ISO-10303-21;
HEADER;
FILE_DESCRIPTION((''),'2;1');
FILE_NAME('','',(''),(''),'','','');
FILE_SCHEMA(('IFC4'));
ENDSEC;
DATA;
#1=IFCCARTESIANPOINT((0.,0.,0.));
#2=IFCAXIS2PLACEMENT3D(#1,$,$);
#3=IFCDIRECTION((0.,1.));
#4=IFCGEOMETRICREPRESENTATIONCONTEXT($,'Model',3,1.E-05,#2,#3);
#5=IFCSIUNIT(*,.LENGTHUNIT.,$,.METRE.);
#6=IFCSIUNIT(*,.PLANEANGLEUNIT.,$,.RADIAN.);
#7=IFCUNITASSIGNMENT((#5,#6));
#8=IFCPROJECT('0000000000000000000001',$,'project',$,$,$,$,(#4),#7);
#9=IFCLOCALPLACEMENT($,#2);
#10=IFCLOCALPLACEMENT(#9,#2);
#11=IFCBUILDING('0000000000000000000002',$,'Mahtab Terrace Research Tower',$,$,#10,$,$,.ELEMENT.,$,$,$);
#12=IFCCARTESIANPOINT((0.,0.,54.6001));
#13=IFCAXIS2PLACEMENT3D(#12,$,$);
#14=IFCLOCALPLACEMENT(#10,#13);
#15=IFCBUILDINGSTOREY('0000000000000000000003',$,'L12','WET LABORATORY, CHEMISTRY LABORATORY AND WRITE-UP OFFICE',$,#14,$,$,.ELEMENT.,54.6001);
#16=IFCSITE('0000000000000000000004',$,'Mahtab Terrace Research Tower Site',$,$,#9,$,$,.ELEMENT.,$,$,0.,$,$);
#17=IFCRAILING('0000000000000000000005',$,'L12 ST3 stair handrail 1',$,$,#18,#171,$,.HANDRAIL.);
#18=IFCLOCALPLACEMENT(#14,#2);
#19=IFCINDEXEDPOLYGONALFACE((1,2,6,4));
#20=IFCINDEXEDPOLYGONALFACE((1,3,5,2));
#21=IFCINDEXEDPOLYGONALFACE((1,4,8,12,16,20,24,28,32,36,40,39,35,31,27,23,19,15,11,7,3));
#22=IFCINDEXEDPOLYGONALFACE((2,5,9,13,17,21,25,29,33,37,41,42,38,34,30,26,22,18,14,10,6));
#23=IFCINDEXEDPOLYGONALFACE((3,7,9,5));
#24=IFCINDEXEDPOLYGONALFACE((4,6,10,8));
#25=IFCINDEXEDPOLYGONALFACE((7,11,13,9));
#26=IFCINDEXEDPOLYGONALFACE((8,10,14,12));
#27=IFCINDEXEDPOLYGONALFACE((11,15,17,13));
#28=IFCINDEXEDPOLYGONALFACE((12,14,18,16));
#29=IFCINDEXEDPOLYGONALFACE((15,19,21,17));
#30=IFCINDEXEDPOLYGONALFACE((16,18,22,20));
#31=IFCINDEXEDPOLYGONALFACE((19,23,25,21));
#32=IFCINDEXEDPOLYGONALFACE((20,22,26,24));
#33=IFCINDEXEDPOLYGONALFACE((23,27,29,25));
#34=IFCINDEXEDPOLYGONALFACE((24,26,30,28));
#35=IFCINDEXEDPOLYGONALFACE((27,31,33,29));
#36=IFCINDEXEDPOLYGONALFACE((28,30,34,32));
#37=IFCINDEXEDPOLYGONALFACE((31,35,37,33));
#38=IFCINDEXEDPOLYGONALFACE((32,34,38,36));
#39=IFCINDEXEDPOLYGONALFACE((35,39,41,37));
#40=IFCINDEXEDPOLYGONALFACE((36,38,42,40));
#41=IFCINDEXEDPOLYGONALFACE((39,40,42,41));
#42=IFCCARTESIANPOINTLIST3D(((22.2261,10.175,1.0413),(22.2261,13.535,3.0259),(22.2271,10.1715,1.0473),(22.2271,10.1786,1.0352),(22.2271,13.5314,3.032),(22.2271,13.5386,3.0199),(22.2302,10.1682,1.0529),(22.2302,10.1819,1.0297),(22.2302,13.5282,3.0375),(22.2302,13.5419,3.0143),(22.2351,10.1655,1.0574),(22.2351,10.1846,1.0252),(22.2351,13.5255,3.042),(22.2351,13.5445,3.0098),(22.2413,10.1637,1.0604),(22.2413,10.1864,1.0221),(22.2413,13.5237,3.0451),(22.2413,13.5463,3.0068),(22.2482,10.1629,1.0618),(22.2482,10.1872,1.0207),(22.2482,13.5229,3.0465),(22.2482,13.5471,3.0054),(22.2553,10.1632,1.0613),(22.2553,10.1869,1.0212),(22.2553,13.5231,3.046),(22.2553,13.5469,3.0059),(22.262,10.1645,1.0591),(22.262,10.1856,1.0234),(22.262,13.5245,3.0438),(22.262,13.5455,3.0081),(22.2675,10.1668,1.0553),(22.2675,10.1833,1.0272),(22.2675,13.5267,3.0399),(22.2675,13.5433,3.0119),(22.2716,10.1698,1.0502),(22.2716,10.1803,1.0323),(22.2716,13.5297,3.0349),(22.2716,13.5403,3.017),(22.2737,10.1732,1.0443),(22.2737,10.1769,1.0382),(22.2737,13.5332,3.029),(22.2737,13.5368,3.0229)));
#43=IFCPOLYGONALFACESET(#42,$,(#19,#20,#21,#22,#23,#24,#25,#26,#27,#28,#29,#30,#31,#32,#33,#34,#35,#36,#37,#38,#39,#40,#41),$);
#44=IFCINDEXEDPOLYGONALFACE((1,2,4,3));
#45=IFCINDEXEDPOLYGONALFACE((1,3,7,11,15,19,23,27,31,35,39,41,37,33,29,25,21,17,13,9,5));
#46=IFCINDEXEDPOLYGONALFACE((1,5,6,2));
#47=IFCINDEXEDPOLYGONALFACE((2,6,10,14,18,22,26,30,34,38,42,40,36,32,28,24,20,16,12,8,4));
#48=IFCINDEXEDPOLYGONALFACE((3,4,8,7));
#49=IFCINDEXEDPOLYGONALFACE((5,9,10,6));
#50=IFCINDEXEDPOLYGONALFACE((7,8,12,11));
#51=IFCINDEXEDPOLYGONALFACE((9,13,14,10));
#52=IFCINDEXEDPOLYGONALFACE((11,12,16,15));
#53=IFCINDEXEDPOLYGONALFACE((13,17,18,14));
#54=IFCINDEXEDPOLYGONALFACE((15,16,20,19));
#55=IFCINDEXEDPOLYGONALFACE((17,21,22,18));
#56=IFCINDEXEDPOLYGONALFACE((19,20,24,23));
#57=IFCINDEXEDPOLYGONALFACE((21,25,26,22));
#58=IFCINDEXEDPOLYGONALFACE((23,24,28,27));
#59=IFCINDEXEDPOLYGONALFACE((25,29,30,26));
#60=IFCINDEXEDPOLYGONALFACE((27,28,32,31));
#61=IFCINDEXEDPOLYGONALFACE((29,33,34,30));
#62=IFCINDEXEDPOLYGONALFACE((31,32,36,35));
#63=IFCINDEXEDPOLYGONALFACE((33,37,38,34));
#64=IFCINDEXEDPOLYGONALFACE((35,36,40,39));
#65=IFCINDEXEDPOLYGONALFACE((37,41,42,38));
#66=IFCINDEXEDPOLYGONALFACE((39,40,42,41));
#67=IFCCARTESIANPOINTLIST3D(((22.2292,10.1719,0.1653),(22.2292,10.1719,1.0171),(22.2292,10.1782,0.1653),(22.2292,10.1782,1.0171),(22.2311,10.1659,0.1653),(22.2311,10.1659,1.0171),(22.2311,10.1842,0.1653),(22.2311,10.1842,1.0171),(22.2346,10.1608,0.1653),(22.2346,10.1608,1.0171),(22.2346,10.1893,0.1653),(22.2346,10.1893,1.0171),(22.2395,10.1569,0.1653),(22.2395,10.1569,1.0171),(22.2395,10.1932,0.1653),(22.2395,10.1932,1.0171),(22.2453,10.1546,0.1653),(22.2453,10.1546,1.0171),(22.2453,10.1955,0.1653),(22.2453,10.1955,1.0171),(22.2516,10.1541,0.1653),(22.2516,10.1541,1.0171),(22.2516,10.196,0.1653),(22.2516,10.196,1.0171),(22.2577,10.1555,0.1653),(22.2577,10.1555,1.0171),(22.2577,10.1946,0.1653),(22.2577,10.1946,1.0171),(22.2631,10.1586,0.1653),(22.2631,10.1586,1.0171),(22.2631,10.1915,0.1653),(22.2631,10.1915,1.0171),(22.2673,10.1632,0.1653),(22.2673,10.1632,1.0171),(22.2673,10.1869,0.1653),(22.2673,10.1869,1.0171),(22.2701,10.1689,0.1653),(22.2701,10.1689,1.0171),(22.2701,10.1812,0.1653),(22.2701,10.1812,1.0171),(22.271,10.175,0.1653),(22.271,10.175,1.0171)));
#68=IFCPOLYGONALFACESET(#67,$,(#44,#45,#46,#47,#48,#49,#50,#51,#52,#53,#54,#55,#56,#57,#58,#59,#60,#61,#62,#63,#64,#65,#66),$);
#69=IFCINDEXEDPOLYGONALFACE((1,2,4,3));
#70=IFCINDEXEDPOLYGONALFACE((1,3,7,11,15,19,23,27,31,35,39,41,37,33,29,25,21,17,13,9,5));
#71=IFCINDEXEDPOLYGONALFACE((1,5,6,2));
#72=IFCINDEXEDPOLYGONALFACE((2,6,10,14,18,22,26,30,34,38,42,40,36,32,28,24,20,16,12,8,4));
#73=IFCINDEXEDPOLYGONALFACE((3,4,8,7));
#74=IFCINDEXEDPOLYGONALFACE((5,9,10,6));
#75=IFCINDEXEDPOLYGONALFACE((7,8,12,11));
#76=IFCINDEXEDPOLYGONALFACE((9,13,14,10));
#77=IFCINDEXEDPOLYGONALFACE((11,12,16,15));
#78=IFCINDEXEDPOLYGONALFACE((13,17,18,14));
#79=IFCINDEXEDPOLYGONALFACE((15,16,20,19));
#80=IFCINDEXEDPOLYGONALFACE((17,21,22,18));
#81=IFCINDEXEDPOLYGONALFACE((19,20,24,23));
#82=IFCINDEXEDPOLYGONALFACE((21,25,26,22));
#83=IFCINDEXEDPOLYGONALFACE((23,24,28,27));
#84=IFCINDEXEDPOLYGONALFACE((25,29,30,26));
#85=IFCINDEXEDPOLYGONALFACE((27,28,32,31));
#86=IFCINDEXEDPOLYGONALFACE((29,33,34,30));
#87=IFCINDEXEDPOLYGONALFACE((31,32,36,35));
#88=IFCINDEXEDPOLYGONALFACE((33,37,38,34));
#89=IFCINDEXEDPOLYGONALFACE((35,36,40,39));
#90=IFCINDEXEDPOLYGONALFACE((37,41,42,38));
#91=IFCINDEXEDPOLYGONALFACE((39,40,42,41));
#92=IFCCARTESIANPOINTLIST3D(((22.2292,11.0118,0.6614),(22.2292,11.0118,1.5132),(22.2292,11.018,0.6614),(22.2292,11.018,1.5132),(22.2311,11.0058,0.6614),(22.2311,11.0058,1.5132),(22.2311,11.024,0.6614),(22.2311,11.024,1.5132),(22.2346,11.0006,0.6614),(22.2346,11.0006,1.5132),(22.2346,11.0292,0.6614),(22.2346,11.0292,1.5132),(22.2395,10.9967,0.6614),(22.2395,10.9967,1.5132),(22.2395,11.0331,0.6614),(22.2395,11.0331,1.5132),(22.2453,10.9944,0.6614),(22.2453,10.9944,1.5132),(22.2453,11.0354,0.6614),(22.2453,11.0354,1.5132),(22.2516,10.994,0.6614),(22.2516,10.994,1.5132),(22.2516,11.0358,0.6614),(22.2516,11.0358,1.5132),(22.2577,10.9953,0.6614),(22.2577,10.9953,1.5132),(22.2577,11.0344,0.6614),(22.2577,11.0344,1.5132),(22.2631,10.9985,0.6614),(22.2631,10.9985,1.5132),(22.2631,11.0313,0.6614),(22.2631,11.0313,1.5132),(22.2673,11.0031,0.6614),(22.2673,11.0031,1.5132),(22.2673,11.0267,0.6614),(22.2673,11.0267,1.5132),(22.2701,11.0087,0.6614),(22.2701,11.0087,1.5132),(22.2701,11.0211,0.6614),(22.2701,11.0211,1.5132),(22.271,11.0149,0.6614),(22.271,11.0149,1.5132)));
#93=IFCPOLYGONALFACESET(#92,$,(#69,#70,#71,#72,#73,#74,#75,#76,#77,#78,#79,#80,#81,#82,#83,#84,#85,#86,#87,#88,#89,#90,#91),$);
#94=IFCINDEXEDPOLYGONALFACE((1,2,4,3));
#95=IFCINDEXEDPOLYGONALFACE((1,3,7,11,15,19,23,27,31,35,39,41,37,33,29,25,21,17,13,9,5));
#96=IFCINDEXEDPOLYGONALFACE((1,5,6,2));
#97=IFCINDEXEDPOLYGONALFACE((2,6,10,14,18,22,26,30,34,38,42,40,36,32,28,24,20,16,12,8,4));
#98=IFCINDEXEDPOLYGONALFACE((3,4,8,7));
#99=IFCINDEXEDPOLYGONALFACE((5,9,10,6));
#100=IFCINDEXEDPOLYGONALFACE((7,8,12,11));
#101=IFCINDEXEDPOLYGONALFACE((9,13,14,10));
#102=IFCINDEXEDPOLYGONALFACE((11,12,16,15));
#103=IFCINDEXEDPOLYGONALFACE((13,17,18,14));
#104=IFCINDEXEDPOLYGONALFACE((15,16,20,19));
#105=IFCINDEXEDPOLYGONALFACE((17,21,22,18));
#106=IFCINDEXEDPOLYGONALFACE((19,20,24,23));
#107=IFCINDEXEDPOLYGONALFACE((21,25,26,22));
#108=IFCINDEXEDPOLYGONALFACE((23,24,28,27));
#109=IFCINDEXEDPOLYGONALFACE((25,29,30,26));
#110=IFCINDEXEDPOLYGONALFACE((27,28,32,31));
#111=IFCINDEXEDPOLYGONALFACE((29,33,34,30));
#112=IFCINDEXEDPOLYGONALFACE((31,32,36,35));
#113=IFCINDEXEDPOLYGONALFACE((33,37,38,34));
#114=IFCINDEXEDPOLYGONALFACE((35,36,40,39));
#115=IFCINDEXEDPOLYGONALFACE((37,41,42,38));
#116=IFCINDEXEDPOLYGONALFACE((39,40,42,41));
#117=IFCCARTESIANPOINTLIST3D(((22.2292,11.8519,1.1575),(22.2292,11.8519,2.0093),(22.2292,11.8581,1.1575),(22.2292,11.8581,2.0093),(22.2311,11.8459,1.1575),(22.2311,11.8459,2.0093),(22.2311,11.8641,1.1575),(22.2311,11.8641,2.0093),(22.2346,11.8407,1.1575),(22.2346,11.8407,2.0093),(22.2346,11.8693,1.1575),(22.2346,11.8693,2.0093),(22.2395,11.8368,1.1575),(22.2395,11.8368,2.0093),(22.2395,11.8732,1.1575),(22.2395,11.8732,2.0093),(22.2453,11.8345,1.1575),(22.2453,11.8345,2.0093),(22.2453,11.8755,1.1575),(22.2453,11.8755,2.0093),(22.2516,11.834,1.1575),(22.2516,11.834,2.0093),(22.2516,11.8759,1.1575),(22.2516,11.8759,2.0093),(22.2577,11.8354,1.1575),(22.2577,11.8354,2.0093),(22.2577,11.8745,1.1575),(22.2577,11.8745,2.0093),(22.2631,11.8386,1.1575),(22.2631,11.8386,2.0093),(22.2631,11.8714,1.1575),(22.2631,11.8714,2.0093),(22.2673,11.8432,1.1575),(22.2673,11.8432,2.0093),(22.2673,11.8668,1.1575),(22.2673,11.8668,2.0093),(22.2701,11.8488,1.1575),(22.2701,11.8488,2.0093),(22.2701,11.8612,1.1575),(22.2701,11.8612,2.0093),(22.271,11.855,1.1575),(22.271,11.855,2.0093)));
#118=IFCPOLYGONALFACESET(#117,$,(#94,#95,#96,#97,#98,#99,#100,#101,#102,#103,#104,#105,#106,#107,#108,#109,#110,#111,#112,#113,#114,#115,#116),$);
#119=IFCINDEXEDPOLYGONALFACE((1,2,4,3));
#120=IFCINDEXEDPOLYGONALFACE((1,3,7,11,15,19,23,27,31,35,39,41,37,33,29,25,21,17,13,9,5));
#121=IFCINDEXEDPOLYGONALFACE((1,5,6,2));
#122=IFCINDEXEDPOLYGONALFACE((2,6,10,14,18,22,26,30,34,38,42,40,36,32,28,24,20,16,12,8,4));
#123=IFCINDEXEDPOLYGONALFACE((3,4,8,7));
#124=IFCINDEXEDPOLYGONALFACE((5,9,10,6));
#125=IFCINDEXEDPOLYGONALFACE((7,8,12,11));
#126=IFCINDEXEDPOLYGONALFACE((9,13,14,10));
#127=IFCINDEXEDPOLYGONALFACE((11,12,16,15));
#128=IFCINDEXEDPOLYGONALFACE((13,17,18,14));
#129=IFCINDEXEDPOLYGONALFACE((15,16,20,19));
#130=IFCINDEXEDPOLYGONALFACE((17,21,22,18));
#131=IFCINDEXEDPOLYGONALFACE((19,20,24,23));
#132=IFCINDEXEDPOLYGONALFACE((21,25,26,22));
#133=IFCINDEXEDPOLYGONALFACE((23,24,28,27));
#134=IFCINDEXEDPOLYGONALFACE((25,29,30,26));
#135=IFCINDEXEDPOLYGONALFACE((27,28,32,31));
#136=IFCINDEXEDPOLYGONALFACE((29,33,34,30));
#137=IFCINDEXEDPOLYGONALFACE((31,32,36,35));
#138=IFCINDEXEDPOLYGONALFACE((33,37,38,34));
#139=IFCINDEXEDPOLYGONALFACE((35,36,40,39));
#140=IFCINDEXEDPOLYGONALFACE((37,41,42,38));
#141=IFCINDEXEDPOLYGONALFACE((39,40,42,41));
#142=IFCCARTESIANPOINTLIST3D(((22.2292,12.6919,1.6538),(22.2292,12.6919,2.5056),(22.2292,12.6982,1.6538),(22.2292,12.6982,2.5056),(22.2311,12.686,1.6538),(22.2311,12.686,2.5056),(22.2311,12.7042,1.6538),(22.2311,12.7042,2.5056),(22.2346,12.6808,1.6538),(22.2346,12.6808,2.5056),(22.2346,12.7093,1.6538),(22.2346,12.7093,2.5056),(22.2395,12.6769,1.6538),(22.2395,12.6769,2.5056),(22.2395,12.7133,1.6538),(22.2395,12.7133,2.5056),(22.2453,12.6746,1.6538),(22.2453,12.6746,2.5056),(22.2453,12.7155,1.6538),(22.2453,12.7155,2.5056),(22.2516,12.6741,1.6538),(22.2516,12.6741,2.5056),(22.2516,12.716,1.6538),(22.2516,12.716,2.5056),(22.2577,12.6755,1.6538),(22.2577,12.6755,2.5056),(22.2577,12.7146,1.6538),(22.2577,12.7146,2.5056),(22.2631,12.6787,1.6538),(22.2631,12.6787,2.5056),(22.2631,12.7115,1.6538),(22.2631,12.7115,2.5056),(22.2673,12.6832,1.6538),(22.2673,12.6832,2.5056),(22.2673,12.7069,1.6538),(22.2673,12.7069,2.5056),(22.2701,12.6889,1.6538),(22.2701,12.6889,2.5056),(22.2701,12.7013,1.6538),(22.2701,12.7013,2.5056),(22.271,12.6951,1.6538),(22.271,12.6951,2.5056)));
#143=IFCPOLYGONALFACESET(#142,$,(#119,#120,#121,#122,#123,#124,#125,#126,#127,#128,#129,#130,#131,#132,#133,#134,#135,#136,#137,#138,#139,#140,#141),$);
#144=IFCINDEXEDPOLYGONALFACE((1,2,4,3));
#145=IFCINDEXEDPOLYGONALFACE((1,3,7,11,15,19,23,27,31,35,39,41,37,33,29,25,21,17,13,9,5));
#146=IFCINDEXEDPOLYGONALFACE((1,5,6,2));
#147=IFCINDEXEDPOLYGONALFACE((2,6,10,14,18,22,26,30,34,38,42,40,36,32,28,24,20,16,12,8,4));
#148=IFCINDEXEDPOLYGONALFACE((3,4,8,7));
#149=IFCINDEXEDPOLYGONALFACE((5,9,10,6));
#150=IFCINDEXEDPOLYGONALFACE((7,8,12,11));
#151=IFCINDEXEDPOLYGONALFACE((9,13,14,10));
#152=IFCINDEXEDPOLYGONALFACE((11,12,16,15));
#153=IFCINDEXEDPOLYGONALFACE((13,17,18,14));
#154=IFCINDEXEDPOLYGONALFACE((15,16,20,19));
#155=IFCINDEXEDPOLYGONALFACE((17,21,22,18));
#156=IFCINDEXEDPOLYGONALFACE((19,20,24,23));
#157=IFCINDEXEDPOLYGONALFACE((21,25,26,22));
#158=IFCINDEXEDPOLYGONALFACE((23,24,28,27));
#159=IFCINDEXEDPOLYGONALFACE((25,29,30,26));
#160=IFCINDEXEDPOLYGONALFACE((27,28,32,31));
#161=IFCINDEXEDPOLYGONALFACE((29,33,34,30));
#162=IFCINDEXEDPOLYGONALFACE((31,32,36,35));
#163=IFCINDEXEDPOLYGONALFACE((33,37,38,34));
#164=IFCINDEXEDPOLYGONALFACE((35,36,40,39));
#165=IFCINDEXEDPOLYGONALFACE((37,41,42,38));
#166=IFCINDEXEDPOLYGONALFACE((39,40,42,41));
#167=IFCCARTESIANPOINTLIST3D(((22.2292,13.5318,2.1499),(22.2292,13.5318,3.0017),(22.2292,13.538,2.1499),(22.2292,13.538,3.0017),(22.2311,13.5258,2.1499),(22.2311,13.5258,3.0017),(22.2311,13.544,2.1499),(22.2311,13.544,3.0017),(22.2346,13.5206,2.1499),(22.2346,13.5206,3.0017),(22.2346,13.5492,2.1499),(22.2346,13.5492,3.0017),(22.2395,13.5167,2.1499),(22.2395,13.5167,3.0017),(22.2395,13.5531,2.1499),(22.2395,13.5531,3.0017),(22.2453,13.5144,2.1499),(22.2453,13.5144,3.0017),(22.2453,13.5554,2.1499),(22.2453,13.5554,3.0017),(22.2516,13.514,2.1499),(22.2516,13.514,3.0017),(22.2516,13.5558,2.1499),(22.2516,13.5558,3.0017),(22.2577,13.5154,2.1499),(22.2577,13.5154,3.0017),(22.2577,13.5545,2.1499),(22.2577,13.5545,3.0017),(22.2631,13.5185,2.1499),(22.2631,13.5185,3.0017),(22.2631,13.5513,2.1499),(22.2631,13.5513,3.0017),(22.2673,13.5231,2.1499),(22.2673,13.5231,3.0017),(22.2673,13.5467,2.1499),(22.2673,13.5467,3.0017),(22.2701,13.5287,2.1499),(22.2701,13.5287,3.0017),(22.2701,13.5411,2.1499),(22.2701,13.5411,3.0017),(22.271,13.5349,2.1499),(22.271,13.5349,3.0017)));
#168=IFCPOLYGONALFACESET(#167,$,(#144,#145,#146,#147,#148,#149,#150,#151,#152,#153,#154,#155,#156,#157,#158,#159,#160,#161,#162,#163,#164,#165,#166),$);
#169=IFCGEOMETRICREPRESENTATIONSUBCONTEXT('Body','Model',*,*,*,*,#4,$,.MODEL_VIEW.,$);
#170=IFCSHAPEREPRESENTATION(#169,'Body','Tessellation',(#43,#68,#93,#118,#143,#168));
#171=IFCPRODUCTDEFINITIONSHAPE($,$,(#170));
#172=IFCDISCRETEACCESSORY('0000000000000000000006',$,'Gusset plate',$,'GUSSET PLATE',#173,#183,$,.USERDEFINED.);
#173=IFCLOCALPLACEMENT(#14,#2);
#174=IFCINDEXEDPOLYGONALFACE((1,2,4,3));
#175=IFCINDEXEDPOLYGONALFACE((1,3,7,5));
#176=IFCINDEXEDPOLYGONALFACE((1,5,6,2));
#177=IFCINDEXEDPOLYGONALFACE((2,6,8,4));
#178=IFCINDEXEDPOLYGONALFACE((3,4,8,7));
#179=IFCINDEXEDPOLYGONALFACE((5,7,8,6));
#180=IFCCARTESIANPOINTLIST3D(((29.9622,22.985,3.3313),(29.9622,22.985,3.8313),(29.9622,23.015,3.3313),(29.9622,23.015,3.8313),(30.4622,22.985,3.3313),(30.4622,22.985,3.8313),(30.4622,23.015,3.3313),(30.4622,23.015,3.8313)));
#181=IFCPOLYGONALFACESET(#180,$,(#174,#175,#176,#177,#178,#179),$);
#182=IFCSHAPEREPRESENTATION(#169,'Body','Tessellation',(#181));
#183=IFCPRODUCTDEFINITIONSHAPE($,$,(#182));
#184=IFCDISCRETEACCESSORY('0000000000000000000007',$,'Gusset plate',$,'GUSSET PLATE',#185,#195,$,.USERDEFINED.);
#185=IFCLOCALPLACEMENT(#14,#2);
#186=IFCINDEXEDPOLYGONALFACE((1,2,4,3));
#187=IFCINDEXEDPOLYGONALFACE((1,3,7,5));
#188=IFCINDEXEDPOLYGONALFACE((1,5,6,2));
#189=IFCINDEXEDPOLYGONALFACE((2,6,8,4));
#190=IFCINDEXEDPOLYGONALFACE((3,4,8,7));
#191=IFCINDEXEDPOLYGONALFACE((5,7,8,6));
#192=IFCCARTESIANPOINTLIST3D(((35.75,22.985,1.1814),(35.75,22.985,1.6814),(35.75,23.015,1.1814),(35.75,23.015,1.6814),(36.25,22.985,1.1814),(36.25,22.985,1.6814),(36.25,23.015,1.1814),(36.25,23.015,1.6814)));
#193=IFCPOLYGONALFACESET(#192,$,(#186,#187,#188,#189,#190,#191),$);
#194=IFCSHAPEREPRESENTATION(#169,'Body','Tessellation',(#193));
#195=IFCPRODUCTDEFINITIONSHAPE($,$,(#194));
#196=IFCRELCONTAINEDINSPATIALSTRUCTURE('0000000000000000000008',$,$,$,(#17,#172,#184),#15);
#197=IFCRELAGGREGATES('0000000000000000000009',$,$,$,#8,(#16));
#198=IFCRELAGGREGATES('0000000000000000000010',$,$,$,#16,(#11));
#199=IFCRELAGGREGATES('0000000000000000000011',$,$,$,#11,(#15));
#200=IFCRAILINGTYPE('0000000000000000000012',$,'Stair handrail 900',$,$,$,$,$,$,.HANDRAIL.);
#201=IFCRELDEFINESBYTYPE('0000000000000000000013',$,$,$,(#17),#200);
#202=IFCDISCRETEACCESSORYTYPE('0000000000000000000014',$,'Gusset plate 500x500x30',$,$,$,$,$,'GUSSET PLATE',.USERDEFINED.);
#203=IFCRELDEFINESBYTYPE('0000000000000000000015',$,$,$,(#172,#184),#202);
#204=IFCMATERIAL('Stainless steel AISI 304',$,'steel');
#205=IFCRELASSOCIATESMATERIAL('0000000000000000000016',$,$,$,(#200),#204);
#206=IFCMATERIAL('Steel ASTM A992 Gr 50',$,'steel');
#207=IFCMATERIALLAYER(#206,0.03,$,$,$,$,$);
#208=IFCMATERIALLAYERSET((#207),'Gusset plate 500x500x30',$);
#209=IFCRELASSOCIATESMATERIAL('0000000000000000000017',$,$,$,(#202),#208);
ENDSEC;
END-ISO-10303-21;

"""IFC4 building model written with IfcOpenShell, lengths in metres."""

from ifc_helpers import new_model, si_unit, direction, frame, origin, origin_2d, place, context, subcontext, project, spatial, rectangle, circle, extrude, material, layer, layer_set, type_object, element, save


model = new_model("IFC4")

# Units and contexts
model_context = context("Model", 3, precision=1e-05, world=origin(), true_north=direction((0.0, 1.0)))
body_context = subcontext(model_context, "Body", "Model", "MODEL_VIEW")
ifc_project = project(units=[si_unit("LENGTHUNIT", "METRE"), si_unit("PLANEANGLEUNIT", "RADIAN")], contexts=[model_context])

# Site, building, storey
site_placement = place(None, origin())
site = spatial("IfcSite", under=ifc_project, at=site_placement, Name="Mahtab Terrace Research Tower Site", CompositionType="ELEMENT", RefElevation=0.0)
building_placement = place(site_placement, origin())
building = spatial("IfcBuilding", under=site, at=building_placement, Name="Mahtab Terrace Research Tower", CompositionType="ELEMENT")
storey_placement = place(building_placement, frame((0.0, 0.0, 54.6001)))
storey = spatial("IfcBuildingStorey", under=building, at=storey_placement, Name="L12", Description="WET LABORATORY, CHEMISTRY LABORATORY AND WRITE-UP OFFICE", CompositionType="ELEMENT", Elevation=54.6001)

# Shared definitions
ifc_material_1 = material(Name="Steel ASTM A992 Gr 50", Category="steel")

# Shared definitions
ifc_material_2 = material(Name="Stainless steel AISI 304", Category="steel")

# Railing
railing_type = type_object("IfcRailingType", Name="Stair handrail 900", PredefinedType="HANDRAIL", material=ifc_material_2)
railing_placement = place(storey_placement, frame((22.25, 10.175, 0.1653)))
element("IfcRailing", 1, at=railing_placement, inside=storey, type_object=railing_type, Name="L12 ST3 stair handrail 1", PredefinedType="HANDRAIL", context=body_context, shape_type="SweptSolid", body=[
    extrude(circle(Radius=0.0239, at=origin_2d()), frame((0.0, 0.0, 0.876), z_axis=(0.0, 0.861011, 0.508586), x_axis=(-1.0, 0.0, 0.0)), (0.0, 0.0, 1.0), 3.9023),
    extrude(circle(Radius=0.021, at=origin_2d()), origin(), (0.0, 0.0, 1.0), 0.8518),
    extrude(circle(Radius=0.021, at=origin_2d()), frame((0.0, 0.8398, 0.4961)), (0.0, 0.0, 1.0), 0.8518),
    extrude(circle(Radius=0.021, at=origin_2d()), frame((0.0, 1.6799, 0.9922)), (0.0, 0.0, 1.0), 0.8518),
    extrude(circle(Radius=0.021, at=origin_2d()), frame((0.0, 2.52, 1.4885)), (0.0, 0.0, 1.0), 0.8518),
    extrude(circle(Radius=0.021, at=origin_2d()), frame((0.0, 3.3599, 1.9846)), (0.0, 0.0, 1.0), 0.8518),
])

# Discrete accessories
ifc_layer_1 = layer(ifc_material_1, 0.03)
ifc_layer_set_1 = layer_set([ifc_layer_1], Name="Gusset plate 500x500x30")
discrete_accessory_type = type_object("IfcDiscreteAccessoryType", Name="Gusset plate 500x500x30", ElementType="GUSSET PLATE", PredefinedType="USERDEFINED", material=ifc_layer_set_1)
for number, where, z_axis, x_axis, name in (
    (2, (30.2122, 23.0, 3.3313), (0.0, 0.0, 1.0), (1.0, 0.0, 0.0), "Gusset plate"),
    (3, (36.0, 23.0, 1.1814), (0.0, 0.0, 1.0), (1.0, 0.0, 0.0), "Gusset plate"),
):
    element("IfcDiscreteAccessory", number, at=place(storey_placement, frame(where, z_axis=z_axis, x_axis=x_axis)), inside=storey, type_object=discrete_accessory_type, Name=name, ObjectType="GUSSET PLATE", PredefinedType="USERDEFINED", context=body_context, shape_type="SweptSolid", body=[
        extrude(rectangle(XDim=0.5, YDim=0.03, at=origin_2d()), origin(), (0.0, 0.0, 1.0), 0.5),
    ])

save(model, "model.ifc")
